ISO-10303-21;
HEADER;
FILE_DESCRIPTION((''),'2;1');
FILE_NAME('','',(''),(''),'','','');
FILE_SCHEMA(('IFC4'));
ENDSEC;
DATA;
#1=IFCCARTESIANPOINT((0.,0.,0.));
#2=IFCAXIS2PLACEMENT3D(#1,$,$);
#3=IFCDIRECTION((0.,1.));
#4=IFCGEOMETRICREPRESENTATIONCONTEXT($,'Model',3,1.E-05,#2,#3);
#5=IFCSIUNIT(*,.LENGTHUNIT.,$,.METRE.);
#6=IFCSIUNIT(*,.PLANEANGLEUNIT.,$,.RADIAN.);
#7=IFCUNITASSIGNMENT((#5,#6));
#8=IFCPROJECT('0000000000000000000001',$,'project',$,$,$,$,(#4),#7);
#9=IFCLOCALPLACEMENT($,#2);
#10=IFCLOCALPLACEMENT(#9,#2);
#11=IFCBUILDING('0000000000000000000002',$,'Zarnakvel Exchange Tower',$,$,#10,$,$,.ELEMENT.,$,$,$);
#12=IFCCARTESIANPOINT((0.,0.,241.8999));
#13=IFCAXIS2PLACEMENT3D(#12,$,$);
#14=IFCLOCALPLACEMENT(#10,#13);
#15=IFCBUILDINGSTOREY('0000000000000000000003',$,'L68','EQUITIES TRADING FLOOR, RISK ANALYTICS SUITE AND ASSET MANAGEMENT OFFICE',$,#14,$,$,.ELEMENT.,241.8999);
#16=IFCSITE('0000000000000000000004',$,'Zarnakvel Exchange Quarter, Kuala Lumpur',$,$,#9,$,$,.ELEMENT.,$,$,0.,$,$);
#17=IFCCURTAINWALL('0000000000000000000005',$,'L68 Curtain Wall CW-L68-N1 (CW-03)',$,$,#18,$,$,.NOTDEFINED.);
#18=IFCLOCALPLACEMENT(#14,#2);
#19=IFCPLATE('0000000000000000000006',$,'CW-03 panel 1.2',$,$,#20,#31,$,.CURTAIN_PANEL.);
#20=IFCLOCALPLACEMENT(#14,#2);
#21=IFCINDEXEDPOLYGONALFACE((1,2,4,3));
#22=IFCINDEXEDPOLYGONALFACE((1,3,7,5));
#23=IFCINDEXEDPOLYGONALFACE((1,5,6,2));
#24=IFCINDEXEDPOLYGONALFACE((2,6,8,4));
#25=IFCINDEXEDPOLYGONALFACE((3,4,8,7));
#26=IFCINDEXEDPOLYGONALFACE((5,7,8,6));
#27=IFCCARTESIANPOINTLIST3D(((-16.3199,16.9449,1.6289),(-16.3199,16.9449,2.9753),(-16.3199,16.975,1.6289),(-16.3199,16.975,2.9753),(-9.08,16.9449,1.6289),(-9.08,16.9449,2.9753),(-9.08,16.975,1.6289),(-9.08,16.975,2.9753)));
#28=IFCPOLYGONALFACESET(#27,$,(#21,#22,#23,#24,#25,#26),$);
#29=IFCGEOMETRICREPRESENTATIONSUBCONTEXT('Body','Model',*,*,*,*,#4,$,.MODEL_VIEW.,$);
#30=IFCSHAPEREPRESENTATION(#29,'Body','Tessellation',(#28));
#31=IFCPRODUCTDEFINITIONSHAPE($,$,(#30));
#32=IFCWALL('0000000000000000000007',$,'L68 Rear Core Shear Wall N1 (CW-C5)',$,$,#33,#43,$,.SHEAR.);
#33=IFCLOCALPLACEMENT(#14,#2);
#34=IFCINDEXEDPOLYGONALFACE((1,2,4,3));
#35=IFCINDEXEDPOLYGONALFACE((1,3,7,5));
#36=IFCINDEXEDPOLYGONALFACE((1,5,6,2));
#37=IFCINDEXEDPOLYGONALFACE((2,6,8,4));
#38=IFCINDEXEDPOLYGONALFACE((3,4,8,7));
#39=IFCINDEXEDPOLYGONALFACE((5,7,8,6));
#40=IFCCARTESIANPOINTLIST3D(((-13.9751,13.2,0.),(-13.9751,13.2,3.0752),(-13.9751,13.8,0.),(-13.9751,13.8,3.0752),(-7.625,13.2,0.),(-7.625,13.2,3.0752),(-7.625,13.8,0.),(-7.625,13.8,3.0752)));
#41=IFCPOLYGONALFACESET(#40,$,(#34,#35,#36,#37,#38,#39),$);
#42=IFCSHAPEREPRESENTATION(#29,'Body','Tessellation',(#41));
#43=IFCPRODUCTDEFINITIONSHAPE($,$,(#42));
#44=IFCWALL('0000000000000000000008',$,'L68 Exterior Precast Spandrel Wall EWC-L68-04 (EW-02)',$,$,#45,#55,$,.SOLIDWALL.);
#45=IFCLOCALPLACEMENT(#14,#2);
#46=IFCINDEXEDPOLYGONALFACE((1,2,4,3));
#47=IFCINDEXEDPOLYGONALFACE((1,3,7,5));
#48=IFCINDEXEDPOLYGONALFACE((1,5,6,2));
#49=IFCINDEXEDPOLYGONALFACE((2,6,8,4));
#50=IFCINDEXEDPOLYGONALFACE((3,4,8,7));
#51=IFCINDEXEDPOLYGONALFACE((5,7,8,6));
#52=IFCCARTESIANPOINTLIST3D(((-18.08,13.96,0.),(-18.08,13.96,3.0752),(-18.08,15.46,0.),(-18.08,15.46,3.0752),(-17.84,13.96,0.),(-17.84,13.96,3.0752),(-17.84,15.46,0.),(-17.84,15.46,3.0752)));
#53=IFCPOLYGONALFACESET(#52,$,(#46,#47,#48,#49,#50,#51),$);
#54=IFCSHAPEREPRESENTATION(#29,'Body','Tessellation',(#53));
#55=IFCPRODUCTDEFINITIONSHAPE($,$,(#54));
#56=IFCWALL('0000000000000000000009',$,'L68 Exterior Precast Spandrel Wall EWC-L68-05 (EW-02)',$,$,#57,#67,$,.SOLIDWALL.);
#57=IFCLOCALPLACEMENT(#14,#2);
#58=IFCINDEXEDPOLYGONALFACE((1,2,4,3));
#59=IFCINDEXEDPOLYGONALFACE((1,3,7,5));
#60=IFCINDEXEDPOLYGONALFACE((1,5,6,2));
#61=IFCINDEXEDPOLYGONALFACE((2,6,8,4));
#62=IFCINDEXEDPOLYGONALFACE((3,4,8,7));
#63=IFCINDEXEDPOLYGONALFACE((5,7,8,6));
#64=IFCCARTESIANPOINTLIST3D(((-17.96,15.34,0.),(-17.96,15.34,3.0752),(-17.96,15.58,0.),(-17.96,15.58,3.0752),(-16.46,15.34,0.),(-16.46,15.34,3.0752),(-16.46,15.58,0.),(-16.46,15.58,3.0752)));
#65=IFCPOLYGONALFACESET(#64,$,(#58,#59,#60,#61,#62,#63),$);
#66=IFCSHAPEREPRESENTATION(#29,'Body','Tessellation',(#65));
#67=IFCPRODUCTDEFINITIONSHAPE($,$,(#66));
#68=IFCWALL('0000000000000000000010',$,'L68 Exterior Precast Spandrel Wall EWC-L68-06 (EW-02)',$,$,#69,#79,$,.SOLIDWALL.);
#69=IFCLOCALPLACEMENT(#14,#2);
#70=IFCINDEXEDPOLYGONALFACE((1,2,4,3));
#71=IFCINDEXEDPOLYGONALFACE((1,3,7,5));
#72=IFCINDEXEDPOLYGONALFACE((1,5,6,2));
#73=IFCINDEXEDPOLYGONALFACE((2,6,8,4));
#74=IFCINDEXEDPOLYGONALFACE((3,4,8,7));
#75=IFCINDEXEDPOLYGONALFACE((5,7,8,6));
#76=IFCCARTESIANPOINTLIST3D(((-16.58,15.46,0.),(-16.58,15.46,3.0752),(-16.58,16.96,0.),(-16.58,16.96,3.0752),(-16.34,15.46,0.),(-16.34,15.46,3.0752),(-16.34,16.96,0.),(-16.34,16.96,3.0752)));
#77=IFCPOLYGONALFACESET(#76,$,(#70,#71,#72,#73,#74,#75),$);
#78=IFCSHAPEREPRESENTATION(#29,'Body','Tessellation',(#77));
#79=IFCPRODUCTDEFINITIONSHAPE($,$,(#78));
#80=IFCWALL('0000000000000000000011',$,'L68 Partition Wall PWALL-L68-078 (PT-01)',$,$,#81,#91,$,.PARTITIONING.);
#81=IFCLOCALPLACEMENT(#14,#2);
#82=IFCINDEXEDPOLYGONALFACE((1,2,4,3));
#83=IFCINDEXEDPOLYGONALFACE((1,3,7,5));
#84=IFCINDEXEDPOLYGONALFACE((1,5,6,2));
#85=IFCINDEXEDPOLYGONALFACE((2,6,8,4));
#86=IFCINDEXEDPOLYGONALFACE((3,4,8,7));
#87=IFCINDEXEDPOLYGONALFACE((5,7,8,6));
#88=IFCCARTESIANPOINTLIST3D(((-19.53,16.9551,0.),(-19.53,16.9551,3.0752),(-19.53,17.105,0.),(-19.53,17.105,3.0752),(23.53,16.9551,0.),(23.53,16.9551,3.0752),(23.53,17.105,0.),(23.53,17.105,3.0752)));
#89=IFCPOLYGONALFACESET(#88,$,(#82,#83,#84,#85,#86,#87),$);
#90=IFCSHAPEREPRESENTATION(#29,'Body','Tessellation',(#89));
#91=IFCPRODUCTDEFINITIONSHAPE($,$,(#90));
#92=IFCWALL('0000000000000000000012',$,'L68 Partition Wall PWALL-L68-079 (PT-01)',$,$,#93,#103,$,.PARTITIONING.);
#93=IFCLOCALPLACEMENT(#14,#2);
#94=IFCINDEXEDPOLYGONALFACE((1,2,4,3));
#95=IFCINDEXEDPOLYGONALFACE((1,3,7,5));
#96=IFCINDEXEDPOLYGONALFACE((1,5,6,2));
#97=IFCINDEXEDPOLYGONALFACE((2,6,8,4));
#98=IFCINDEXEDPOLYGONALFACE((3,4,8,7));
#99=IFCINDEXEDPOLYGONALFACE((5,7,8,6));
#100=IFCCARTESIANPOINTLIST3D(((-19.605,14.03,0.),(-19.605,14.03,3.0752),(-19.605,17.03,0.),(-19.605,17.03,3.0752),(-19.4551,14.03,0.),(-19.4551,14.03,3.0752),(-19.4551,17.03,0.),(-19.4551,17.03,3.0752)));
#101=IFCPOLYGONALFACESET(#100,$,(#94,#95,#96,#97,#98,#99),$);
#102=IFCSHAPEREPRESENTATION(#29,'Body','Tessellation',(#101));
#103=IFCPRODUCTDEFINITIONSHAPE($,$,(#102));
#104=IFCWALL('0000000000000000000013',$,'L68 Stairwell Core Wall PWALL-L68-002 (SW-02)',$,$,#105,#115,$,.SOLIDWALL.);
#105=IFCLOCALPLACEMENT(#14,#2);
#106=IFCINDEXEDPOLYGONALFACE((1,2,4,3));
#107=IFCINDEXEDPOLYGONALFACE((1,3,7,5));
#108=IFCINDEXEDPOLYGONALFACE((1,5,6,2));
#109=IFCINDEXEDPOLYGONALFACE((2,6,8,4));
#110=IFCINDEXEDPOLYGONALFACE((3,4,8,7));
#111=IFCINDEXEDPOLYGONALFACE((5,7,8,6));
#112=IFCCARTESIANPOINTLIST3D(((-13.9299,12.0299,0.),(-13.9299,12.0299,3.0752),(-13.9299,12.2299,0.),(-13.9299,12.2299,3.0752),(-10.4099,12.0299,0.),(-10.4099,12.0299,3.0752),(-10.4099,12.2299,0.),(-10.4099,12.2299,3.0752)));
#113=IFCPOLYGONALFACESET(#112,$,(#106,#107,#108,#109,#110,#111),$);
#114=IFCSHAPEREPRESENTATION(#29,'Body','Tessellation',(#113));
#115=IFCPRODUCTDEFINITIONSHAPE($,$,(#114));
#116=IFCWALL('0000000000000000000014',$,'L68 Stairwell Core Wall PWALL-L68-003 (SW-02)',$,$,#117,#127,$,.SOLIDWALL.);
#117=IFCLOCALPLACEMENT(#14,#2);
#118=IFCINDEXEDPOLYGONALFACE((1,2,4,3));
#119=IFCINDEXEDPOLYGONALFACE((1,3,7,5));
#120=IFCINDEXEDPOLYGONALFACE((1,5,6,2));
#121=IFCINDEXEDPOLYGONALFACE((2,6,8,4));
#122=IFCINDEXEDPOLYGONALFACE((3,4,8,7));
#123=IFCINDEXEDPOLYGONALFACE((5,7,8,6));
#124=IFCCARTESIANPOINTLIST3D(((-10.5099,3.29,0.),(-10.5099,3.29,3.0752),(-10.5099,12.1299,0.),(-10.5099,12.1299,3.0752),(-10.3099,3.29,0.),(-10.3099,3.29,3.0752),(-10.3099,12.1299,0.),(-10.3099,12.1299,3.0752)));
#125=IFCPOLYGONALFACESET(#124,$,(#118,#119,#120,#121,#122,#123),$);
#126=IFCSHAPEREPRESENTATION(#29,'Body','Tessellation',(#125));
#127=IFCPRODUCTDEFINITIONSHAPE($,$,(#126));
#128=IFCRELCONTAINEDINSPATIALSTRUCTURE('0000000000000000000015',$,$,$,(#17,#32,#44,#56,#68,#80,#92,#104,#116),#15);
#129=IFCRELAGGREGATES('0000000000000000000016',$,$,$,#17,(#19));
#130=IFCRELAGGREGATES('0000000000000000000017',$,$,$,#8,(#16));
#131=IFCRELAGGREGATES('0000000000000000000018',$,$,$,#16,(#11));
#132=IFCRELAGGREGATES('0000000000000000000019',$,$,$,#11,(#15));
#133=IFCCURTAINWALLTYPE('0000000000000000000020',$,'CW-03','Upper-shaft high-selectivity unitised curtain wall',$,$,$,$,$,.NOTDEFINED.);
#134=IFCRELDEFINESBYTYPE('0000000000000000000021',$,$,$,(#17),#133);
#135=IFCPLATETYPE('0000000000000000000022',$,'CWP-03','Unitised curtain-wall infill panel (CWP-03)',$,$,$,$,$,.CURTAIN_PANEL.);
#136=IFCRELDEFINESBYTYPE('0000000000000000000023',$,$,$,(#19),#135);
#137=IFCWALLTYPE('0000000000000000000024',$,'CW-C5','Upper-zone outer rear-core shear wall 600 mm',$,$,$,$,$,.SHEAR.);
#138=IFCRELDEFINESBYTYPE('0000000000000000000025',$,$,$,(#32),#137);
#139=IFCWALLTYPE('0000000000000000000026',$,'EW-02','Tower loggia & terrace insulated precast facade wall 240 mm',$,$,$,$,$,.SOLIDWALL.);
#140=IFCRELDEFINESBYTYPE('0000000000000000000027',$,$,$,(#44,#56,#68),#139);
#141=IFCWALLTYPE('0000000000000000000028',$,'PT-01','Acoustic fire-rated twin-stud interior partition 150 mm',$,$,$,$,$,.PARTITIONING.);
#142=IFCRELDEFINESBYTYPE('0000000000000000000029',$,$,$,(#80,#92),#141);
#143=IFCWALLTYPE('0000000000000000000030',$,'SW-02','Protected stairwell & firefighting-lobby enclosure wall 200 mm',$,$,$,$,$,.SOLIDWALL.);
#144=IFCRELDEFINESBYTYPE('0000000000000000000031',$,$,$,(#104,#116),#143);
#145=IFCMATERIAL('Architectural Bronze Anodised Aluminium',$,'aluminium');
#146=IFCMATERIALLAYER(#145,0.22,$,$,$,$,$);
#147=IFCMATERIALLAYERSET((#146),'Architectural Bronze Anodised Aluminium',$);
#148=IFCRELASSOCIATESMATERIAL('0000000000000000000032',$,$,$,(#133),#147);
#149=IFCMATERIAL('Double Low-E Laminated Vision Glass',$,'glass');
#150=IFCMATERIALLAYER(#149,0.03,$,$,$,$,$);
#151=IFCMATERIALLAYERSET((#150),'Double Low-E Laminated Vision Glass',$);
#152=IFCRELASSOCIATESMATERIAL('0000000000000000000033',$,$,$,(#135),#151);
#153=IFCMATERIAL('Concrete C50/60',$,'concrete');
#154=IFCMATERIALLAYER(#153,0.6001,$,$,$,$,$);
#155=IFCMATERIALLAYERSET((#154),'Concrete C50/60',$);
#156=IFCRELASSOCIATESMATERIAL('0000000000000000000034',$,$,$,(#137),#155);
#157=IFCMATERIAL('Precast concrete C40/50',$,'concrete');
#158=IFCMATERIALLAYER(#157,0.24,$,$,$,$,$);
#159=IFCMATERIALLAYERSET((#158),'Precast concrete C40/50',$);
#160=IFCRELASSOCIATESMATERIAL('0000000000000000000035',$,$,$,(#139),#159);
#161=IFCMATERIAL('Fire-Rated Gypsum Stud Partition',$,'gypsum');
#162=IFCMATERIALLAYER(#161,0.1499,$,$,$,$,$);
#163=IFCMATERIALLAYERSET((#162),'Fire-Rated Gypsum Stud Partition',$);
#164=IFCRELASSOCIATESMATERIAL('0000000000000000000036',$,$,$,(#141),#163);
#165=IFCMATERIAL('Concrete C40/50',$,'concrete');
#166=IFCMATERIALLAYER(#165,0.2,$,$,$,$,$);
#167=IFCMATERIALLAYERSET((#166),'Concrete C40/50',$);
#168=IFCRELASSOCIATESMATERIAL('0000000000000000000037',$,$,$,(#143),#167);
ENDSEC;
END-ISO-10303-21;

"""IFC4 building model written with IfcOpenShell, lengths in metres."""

from ifc_helpers import new_model, si_unit, direction, frame, frame_2d, origin, origin_2d, place, context, subcontext, project, spatial, rectangle, extrude, source, transform, mapped, material, layer, layer_set, type_object, element, aggregate, save


model = new_model("IFC4")

# Units and contexts
model_context = context("Model", 3, precision=1e-05, world=origin(), true_north=direction((0.0, 1.0)))
body_context = subcontext(model_context, "Body", "Model", "MODEL_VIEW")
ifc_project = project(units=[si_unit("LENGTHUNIT", "METRE"), si_unit("PLANEANGLEUNIT", "RADIAN")], contexts=[model_context])

# Site, building, storey
site_placement = place(None, origin())
site = spatial("IfcSite", under=ifc_project, at=site_placement, Name="Zarnakvel Exchange Quarter, Kuala Lumpur", CompositionType="ELEMENT", RefElevation=0.0)
building_placement = place(site_placement, origin())
building = spatial("IfcBuilding", under=site, at=building_placement, Name="Zarnakvel Exchange Tower", CompositionType="ELEMENT")
storey_placement = place(building_placement, frame((0.0, 0.0, 241.8999)))
storey = spatial("IfcBuildingStorey", under=building, at=storey_placement, Name="L68", Description="EQUITIES TRADING FLOOR, RISK ANALYTICS SUITE AND ASSET MANAGEMENT OFFICE", CompositionType="ELEMENT", Elevation=241.8999)

# Shared definitions
ifc_material_1 = material(Name="Concrete C50/60", Category="concrete")

# Shared definitions
ifc_material_2 = material(Name="Architectural Bronze Anodised Aluminium", Category="aluminium")

# Curtain wall
ifc_layer_1 = layer(ifc_material_2, 0.22)
ifc_layer_set_1 = layer_set([ifc_layer_1], Name="Architectural Bronze Anodised Aluminium")
curtain_wall_type_1 = type_object("IfcCurtainWallType", Name="CW-03", Description="Upper-shaft high-selectivity unitised curtain wall", PredefinedType="NOTDEFINED", material=ifc_layer_set_1)
curtain_wall_1_placement = place(storey_placement, origin())
curtain_wall_1 = element("IfcCurtainWall", 1, at=curtain_wall_1_placement, inside=storey, type_object=curtain_wall_type_1, Name="L68 Curtain Wall CW-L68-N1 (CW-03)", PredefinedType="NOTDEFINED")

# Plate
ifc_material_3 = material(Name="Double Low-E Laminated Vision Glass", Category="glass")
ifc_layer_2 = layer(ifc_material_3, 0.03)
ifc_layer_set_2 = layer_set([ifc_layer_2], Name="Double Low-E Laminated Vision Glass")
plate_type_1 = type_object("IfcPlateType", Name="CWP-03", Description="Unitised curtain-wall infill panel (CWP-03)", PredefinedType="CURTAIN_PANEL", material=ifc_layer_set_2)
shared_shape_1 = source(origin(), body_context, "Body", "SweptSolid", [
    extrude(rectangle(XDim=7.24, YDim=0.03, at=origin_2d()), origin(), (0.0, 0.0, 1.0), 1.3464),
])
plate_1_placement = place(storey_placement, frame((-12.7, 16.96, 1.6289), z_axis=(0.0, 0.0, 1.0), x_axis=(1.0, 0.0, 0.0)))
plate_1 = element("IfcPlate", 2, at=plate_1_placement, type_object=plate_type_1, Name="CW-03 panel 1.2", PredefinedType="CURTAIN_PANEL", context=body_context, shape_type="MappedRepresentation", body=[
    mapped(shared_shape_1, transform((0.0, 0.0, 0.0), x_axis=(1.0, 0.0, 0.0), y_axis=(0.0, 1.0, 0.0), z_axis=(0.0, 0.0, 1.0), scale=1.0)),
])
aggregate(curtain_wall_1, [plate_1])

# Walls
ifc_layer_3 = layer(ifc_material_1, 0.6001)
ifc_layer_set_3 = layer_set([ifc_layer_3], Name="Concrete C50/60")
wall_type_1 = type_object("IfcWallType", Name="CW-C5", Description="Upper-zone outer rear-core shear wall 600 mm", PredefinedType="SHEAR", material=ifc_layer_set_3)
wall_1_placement = place(storey_placement, frame((-13.9751, 13.5, 0.0), z_axis=(0.0, 0.0, 1.0), x_axis=(1.0, 0.0, 0.0)))
element("IfcWall", 3, at=wall_1_placement, inside=storey, type_object=wall_type_1, Name="L68 Rear Core Shear Wall N1 (CW-C5)", PredefinedType="SHEAR", context=body_context, shape_type="SweptSolid", body=[
    extrude(rectangle(XDim=6.3501, YDim=0.6001, at=frame_2d((3.175, 0.0))), origin(), (0.0, 0.0, 1.0), 3.0752),
])
ifc_material_4 = material(Name="Precast concrete C40/50", Category="concrete")
ifc_layer_4 = layer(ifc_material_4, 0.24)
ifc_layer_set_4 = layer_set([ifc_layer_4], Name="Precast concrete C40/50")
wall_type_2 = type_object("IfcWallType", Name="EW-02", Description="Tower loggia & terrace insulated precast facade wall 240 mm", PredefinedType="SOLIDWALL", material=ifc_layer_set_4)
for number, where, z_axis, x_axis, name in (
    (4, (-17.96, 15.46, 0.0), (0.0, 0.0, 1.0), (0.0, -1.0, 0.0), "L68 Exterior Precast Spandrel Wall EWC-L68-04 (EW-02)"),
    (5, (-16.46, 15.46, 0.0), (0.0, 0.0, 1.0), (-1.0, 0.0, 0.0), "L68 Exterior Precast Spandrel Wall EWC-L68-05 (EW-02)"),
    (6, (-16.46, 16.96, 0.0), (0.0, 0.0, 1.0), (0.0, -1.0, 0.0), "L68 Exterior Precast Spandrel Wall EWC-L68-06 (EW-02)"),
):
    element("IfcWall", number, at=place(storey_placement, frame(where, z_axis=z_axis, x_axis=x_axis)), inside=storey, type_object=wall_type_2, Name=name, PredefinedType="SOLIDWALL", context=body_context, shape_type="SweptSolid", body=[
        extrude(rectangle(XDim=1.5, YDim=0.24, at=frame_2d((0.75, 0.0))), origin(), (0.0, 0.0, 1.0), 3.0752),
    ])

# Shared definitions
ifc_material_5 = material(Name="Fire-Rated Gypsum Stud Partition", Category="gypsum")
ifc_layer_5 = layer(ifc_material_5, 0.1499)
ifc_layer_set_5 = layer_set([ifc_layer_5], Name="Fire-Rated Gypsum Stud Partition")
wall_type_3 = type_object("IfcWallType", Name="PT-01", Description="Acoustic fire-rated twin-stud interior partition 150 mm", PredefinedType="PARTITIONING", material=ifc_layer_set_5)

# Walls
wall_2_placement = place(storey_placement, frame((-19.53, 17.03, 0.0), z_axis=(0.0, 0.0, 1.0), x_axis=(1.0, 0.0, 0.0)))
element("IfcWall", 7, at=wall_2_placement, inside=storey, type_object=wall_type_3, Name="L68 Partition Wall PWALL-L68-078 (PT-01)", PredefinedType="PARTITIONING", context=body_context, shape_type="SweptSolid", body=[
    extrude(rectangle(XDim=43.0601, YDim=0.1499, at=frame_2d((21.53, 0.0))), origin(), (0.0, 0.0, 1.0), 3.0752),
])
wall_3_placement = place(storey_placement, frame((-19.53, 14.03, 0.0), z_axis=(0.0, 0.0, 1.0), x_axis=(0.0, 1.0, 0.0)))
element("IfcWall", 8, at=wall_3_placement, inside=storey, type_object=wall_type_3, Name="L68 Partition Wall PWALL-L68-079 (PT-01)", PredefinedType="PARTITIONING", context=body_context, shape_type="SweptSolid", body=[
    extrude(rectangle(XDim=3.0, YDim=0.1499, at=frame_2d((1.5, 0.0))), origin(), (0.0, 0.0, 1.0), 3.0752),
])
ifc_material_6 = material(Name="Concrete C40/50", Category="concrete")
ifc_layer_6 = layer(ifc_material_6, 0.2)
ifc_layer_set_6 = layer_set([ifc_layer_6], Name="Concrete C40/50")
wall_type_4 = type_object("IfcWallType", Name="SW-02", Description="Protected stairwell & firefighting-lobby enclosure wall 200 mm", PredefinedType="SOLIDWALL", material=ifc_layer_set_6)
wall_4_placement = place(storey_placement, frame((-13.9299, 12.1299, 0.0), z_axis=(0.0, 0.0, 1.0), x_axis=(1.0, 0.0, 0.0)))
element("IfcWall", 9, at=wall_4_placement, inside=storey, type_object=wall_type_4, Name="L68 Stairwell Core Wall PWALL-L68-002 (SW-02)", PredefinedType="SOLIDWALL", context=body_context, shape_type="SweptSolid", body=[
    extrude(rectangle(XDim=3.52, YDim=0.2, at=frame_2d((1.76, 0.0))), origin(), (0.0, 0.0, 1.0), 3.0752),
])
wall_5_placement = place(storey_placement, frame((-10.4099, 12.1299, 0.0), z_axis=(0.0, 0.0, 1.0), x_axis=(0.0, -1.0, 0.0)))
element("IfcWall", 10, at=wall_5_placement, inside=storey, type_object=wall_type_4, Name="L68 Stairwell Core Wall PWALL-L68-003 (SW-02)", PredefinedType="SOLIDWALL", context=body_context, shape_type="SweptSolid", body=[
    extrude(rectangle(XDim=8.8398, YDim=0.2, at=frame_2d((4.4199, 0.0))), origin(), (0.0, 0.0, 1.0), 3.0752),
])

save(model, "model.ifc")
